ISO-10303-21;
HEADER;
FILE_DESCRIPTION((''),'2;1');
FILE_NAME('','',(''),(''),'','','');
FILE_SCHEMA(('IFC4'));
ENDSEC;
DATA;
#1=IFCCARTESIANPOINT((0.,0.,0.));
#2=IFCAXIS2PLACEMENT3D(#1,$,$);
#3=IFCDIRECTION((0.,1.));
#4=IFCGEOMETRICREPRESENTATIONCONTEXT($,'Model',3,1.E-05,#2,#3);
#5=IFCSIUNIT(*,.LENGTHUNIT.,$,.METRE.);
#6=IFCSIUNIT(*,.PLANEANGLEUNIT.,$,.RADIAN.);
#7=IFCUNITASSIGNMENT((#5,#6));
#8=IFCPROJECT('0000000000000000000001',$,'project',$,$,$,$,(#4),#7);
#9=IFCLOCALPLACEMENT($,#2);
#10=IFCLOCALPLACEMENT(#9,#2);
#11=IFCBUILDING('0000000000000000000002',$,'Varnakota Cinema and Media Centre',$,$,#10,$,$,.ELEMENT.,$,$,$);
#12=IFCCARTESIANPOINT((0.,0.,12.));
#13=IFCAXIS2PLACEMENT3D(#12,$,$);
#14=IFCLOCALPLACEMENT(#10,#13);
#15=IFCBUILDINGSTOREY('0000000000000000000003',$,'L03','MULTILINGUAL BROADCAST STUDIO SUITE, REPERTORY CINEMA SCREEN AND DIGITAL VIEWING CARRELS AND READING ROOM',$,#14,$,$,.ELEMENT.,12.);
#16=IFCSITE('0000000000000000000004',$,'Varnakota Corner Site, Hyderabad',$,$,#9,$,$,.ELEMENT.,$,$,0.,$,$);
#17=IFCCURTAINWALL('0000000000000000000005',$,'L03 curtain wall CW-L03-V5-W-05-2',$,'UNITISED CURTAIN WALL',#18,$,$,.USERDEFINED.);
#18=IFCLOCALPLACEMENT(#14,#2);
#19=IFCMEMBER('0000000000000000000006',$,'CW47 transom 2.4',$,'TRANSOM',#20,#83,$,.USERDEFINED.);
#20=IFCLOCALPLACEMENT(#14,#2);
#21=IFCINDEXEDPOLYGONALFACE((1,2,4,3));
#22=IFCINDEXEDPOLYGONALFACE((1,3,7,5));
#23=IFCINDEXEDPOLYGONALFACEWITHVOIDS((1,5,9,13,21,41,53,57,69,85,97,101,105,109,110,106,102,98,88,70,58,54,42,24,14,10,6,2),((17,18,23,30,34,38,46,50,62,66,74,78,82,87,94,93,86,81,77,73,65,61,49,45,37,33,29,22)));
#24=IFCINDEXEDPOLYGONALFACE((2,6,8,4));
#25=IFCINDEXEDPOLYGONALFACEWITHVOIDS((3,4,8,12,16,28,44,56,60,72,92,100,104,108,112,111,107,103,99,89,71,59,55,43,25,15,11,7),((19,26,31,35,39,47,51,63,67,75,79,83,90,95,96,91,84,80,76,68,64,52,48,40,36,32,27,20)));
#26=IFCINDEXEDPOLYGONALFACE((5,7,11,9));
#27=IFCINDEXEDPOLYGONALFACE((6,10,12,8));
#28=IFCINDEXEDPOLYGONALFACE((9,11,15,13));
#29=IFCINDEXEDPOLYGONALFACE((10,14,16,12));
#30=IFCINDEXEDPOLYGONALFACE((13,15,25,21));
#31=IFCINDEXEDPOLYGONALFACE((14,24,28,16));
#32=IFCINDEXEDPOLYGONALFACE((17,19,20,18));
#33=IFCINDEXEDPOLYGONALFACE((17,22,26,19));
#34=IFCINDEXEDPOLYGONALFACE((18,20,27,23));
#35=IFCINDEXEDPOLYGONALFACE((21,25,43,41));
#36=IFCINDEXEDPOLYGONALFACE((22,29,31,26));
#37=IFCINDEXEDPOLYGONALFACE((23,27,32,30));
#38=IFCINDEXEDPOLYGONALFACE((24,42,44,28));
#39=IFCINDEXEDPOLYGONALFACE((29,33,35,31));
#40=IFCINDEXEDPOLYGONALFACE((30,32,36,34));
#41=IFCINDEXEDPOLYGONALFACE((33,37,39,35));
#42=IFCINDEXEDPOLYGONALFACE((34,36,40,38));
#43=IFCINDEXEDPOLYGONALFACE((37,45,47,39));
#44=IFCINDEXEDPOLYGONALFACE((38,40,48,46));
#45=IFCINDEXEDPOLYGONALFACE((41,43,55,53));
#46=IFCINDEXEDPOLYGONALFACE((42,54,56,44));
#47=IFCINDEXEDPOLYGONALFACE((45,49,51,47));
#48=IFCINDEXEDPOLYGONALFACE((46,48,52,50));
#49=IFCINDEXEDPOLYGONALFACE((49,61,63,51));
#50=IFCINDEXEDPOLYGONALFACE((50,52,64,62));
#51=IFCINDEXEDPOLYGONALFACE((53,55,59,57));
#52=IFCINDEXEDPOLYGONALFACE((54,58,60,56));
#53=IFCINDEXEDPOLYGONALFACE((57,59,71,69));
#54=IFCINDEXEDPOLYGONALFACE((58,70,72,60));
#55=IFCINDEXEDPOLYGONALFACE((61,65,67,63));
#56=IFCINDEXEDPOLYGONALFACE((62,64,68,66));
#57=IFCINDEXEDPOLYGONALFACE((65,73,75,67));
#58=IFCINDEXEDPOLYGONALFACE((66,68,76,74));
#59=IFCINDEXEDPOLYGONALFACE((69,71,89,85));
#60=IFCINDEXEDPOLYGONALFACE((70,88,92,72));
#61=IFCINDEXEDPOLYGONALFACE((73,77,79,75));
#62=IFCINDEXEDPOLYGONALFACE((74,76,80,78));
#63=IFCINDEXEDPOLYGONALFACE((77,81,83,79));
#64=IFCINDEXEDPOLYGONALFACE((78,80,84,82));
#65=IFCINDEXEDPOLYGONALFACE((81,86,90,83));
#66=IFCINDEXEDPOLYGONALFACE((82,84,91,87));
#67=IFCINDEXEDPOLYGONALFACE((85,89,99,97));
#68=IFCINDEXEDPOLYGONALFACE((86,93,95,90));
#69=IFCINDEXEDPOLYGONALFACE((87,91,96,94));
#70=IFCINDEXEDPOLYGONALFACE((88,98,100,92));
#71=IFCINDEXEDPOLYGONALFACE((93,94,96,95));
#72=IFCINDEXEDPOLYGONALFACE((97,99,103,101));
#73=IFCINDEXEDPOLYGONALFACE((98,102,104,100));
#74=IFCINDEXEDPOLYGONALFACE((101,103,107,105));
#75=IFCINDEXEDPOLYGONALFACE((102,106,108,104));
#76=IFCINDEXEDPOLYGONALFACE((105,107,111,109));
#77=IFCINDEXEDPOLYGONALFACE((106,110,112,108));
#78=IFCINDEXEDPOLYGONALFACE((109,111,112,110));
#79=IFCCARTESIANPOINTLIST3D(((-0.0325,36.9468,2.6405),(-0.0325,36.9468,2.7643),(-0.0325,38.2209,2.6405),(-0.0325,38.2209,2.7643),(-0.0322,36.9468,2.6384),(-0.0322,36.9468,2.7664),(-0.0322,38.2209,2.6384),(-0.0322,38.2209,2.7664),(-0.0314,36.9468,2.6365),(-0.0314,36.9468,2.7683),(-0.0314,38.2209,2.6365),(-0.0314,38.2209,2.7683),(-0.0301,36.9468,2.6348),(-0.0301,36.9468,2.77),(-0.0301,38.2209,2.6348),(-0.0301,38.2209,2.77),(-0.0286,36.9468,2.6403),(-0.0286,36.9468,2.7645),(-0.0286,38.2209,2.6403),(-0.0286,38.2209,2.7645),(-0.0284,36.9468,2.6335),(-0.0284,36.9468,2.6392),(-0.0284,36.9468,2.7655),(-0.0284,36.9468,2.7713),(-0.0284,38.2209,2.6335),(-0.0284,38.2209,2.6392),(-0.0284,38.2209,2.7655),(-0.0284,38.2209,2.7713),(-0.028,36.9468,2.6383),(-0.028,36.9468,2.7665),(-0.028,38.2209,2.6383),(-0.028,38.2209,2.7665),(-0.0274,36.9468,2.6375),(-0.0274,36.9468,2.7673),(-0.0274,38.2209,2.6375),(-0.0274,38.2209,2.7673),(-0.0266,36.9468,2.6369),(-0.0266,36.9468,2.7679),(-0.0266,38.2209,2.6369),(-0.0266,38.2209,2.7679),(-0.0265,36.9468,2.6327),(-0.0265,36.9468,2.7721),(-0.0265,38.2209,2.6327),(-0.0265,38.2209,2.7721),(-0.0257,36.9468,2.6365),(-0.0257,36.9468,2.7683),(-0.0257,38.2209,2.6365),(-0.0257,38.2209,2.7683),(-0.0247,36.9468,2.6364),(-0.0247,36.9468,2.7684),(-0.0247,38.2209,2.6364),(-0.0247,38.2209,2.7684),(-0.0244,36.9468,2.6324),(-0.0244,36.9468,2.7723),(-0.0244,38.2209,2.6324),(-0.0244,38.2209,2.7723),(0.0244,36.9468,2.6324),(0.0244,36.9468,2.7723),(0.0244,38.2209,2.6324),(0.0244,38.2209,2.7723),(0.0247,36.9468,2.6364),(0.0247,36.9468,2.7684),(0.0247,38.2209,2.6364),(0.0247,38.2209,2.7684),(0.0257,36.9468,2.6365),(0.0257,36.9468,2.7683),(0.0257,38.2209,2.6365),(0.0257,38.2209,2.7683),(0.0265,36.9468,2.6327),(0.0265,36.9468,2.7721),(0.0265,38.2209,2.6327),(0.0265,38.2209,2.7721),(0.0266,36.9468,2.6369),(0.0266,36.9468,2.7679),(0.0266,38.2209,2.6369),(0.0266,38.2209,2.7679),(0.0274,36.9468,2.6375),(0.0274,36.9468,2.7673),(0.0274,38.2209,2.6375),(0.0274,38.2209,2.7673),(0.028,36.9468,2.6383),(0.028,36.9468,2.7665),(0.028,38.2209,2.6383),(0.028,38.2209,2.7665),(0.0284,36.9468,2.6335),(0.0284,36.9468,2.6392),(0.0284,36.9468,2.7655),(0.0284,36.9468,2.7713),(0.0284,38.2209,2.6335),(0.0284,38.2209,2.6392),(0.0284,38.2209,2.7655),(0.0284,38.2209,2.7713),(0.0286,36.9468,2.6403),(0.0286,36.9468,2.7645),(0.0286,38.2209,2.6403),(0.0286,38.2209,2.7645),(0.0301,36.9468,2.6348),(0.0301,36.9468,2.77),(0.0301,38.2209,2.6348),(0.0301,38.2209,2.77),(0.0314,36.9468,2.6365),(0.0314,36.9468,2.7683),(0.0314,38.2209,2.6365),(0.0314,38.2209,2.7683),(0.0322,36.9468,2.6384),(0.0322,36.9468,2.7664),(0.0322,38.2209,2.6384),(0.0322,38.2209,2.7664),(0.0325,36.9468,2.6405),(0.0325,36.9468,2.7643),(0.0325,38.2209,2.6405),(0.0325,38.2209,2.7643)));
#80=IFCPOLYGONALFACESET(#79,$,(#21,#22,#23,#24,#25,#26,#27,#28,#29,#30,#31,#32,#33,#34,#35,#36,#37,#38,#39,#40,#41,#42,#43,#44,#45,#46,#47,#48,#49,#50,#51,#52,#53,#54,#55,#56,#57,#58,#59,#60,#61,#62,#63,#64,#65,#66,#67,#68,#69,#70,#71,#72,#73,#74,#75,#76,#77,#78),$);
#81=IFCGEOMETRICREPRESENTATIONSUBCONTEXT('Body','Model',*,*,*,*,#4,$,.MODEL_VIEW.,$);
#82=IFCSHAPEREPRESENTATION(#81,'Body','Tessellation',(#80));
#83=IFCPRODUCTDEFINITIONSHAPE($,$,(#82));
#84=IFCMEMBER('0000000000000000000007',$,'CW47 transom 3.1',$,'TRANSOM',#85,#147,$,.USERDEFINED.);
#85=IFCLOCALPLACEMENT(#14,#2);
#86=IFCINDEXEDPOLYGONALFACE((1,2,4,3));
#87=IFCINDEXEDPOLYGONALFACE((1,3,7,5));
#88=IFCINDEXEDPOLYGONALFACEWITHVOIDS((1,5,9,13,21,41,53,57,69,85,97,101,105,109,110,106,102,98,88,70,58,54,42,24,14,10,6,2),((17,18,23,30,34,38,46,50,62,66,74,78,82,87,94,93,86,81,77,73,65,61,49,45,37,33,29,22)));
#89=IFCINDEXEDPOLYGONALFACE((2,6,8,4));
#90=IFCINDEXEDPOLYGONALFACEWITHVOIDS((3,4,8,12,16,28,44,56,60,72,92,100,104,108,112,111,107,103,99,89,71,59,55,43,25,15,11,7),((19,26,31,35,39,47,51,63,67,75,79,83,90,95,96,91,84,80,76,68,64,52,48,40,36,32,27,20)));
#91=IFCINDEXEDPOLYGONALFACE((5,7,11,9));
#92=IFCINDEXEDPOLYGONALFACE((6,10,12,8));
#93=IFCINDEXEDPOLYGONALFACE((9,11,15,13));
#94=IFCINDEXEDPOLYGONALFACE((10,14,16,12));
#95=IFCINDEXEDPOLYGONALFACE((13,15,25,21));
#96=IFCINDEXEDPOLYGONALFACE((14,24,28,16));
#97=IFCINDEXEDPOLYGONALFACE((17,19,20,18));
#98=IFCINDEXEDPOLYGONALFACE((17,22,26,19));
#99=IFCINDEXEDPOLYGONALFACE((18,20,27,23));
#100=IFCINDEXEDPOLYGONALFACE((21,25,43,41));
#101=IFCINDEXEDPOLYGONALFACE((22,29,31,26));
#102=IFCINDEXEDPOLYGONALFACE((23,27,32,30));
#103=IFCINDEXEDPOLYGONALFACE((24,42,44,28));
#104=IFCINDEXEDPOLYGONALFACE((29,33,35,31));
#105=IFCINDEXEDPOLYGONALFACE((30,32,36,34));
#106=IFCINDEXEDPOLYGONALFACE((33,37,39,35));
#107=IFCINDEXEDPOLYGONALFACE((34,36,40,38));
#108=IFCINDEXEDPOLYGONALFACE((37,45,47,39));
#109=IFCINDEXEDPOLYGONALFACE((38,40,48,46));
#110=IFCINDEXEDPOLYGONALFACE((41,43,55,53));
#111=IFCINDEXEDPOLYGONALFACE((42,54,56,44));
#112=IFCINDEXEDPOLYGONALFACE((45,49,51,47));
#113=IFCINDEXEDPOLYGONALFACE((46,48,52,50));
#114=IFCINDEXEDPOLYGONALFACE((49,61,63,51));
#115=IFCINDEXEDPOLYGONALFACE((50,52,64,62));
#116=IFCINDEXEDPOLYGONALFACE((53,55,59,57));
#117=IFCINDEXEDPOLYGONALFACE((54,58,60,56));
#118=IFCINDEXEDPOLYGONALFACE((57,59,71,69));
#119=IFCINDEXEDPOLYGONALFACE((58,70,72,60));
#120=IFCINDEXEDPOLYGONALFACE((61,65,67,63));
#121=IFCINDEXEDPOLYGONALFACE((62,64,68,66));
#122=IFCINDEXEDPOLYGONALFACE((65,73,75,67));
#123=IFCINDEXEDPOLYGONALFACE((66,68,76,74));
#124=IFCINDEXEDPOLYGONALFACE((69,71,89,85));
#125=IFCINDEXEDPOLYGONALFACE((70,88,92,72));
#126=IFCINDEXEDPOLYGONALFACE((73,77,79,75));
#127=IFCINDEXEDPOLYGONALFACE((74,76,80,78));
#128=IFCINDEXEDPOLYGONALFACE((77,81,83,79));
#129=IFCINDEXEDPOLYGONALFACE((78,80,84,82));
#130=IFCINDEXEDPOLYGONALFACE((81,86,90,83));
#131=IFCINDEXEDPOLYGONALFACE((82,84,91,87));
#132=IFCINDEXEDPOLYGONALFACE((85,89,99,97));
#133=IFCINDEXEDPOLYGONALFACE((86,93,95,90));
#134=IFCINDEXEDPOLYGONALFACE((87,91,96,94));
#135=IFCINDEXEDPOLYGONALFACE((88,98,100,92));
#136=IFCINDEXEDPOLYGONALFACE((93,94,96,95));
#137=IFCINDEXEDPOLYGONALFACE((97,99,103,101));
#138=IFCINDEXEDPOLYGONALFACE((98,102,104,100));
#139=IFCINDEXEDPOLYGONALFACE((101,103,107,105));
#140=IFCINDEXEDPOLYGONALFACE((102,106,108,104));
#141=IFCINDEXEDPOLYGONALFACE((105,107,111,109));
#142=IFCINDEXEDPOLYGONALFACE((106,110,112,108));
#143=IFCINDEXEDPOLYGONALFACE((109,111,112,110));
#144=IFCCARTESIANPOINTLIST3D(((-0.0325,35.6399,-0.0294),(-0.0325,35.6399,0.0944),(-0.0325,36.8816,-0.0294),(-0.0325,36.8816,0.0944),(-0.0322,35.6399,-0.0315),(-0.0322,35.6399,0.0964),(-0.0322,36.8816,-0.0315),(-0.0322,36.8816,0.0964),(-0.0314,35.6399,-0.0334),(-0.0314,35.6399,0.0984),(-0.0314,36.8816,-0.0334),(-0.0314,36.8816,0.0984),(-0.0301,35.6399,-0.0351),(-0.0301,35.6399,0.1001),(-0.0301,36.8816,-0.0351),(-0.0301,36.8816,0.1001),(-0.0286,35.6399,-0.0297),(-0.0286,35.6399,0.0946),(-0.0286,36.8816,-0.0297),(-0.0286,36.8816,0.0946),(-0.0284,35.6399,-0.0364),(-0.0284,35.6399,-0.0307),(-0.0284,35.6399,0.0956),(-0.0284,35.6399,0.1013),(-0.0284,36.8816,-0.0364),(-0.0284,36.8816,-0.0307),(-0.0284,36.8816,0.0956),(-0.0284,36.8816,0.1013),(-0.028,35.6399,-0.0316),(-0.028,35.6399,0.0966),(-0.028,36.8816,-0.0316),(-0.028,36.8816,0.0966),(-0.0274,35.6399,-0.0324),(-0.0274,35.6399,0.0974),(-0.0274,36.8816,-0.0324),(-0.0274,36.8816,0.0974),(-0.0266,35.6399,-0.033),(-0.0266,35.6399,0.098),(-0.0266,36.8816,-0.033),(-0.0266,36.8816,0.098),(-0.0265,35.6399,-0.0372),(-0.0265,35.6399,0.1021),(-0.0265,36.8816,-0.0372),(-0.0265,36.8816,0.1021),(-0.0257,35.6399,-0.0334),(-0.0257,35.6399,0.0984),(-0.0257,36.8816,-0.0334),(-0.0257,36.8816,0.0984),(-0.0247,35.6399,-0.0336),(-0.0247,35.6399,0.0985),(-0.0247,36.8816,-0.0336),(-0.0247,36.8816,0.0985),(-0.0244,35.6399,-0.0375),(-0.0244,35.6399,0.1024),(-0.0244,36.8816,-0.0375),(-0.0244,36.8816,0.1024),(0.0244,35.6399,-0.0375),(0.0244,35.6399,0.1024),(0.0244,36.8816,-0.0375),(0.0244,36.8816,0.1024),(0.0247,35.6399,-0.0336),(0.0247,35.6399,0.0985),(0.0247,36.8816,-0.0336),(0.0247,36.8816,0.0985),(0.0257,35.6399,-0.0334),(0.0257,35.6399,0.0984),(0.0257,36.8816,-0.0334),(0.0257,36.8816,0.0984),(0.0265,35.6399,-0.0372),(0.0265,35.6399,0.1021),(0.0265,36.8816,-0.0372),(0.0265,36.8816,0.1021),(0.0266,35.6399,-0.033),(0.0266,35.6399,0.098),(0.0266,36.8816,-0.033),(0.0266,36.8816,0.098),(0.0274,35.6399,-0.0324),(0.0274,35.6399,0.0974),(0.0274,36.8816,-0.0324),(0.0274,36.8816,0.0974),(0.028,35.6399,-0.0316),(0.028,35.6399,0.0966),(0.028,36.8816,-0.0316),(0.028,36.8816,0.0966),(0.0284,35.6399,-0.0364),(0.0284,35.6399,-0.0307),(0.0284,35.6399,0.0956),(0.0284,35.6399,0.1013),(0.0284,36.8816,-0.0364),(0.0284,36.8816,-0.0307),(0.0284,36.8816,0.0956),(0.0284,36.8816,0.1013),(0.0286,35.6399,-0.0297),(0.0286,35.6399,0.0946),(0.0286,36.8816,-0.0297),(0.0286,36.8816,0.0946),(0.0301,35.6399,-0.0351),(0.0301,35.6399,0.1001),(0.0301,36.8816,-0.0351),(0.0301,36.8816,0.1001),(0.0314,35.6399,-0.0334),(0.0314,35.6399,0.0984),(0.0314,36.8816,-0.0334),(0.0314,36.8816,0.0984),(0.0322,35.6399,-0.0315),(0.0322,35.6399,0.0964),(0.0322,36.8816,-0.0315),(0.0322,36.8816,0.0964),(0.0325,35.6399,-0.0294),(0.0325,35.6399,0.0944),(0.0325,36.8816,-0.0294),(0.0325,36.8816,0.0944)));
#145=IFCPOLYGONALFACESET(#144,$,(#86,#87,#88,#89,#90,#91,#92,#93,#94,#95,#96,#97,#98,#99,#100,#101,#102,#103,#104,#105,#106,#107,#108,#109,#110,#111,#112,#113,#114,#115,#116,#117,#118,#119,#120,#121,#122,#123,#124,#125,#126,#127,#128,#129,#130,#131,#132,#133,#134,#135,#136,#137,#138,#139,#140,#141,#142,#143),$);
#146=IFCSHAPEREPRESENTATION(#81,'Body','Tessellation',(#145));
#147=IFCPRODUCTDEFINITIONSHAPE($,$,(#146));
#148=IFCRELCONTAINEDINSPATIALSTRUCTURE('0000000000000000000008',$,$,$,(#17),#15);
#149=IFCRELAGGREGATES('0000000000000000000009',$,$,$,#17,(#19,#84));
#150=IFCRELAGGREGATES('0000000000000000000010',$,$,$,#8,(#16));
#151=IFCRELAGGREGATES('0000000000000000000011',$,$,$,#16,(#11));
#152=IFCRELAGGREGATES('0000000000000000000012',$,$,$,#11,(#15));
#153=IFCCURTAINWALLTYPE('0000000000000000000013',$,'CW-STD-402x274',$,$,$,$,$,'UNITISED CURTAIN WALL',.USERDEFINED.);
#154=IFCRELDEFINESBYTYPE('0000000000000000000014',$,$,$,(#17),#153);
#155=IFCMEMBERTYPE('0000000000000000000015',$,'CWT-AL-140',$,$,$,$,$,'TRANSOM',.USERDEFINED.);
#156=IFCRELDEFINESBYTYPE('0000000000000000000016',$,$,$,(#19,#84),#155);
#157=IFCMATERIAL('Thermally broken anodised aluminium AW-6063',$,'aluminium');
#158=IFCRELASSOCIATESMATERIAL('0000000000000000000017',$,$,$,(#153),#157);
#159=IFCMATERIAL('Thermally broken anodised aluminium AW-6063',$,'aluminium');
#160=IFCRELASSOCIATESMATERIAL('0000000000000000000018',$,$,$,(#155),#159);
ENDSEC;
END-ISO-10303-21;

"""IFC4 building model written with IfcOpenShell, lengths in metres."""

from ifc_helpers import new_model, si_unit, direction, frame, origin, origin_2d, place, context, subcontext, project, spatial, hollow_rectangle, extrude, material, material_profile, profile_set, type_object, element, aggregate, save


model = new_model("IFC4")

# Units and contexts
model_context = context("Model", 3, precision=1e-05, world=origin(), true_north=direction((0.0, 1.0)))
body_context = subcontext(model_context, "Body", "Model", "MODEL_VIEW")
ifc_project = project(units=[si_unit("LENGTHUNIT", "METRE"), si_unit("PLANEANGLEUNIT", "RADIAN")], contexts=[model_context])

# Site, building, storey
site_placement = place(None, origin())
site = spatial("IfcSite", under=ifc_project, at=site_placement, Name="Varnakota Corner Site, Hyderabad", CompositionType="ELEMENT", RefElevation=0.0)
building_placement = place(site_placement, origin())
building = spatial("IfcBuilding", under=site, at=building_placement, Name="Varnakota Cinema and Media Centre", CompositionType="ELEMENT")
storey_placement = place(building_placement, frame((0.0, 0.0, 12.0)))
storey = spatial("IfcBuildingStorey", under=building, at=storey_placement, Name="L03", Description="MULTILINGUAL BROADCAST STUDIO SUITE, REPERTORY CINEMA SCREEN AND DIGITAL VIEWING CARRELS AND READING ROOM", CompositionType="ELEMENT", Elevation=12.0)

# Curtain wall, members
ifc_material_1 = material(Name="Thermally broken anodised aluminium AW-6063", Category="aluminium")
curtain_wall_type = type_object("IfcCurtainWallType", Name="CW-STD-402x274", ElementType="UNITISED CURTAIN WALL", PredefinedType="USERDEFINED", material=ifc_material_1)
curtain_wall_placement = place(storey_placement, origin())
curtain_wall = element("IfcCurtainWall", 1, at=curtain_wall_placement, inside=storey, type_object=curtain_wall_type, Name="L03 curtain wall CW-L03-V5-W-05-2", ObjectType="UNITISED CURTAIN WALL", PredefinedType="USERDEFINED")
ifc_material_2 = material(Name="Thermally broken anodised aluminium AW-6063", Category="aluminium")
ifc_material_profile_1 = material_profile(ifc_material_2, hollow_rectangle(XDim=0.0649, YDim=0.1399, WallThickness=0.0039, InnerFilletRadius=0.0039, OuterFilletRadius=0.0081, at=origin_2d()), Name="AL-TRANSOM 140x65x4")
ifc_profile_set_1 = profile_set([ifc_material_profile_1], Name="Thermally broken anodised aluminium AW-6063")
member_type_1 = type_object("IfcMemberType", Name="CWT-AL-140", ElementType="TRANSOM", PredefinedType="USERDEFINED", material=ifc_profile_set_1)
member_1_placement = place(storey_placement, frame((0.0, 38.2209, 2.7024), z_axis=(0.0, -1.0, 0.0), x_axis=(1.0, 0.0, 0.0)))
member_1 = element("IfcMember", 2, at=member_1_placement, type_object=member_type_1, Name="CW47 transom 2.4", ObjectType="TRANSOM", PredefinedType="USERDEFINED", context=body_context, shape_type="SweptSolid", body=[
    extrude(hollow_rectangle(XDim=0.0649, YDim=0.1399, WallThickness=0.0039, InnerFilletRadius=0.0039, OuterFilletRadius=0.0081, at=origin_2d()), origin(), (0.0, 0.0, 1.0), 1.2742),
])
member_2_placement = place(storey_placement, frame((0.0, 36.8816, 0.0325), z_axis=(0.0, -1.0, 0.0), x_axis=(1.0, 0.0, 0.0)))
member_2 = element("IfcMember", 3, at=member_2_placement, type_object=member_type_1, Name="CW47 transom 3.1", ObjectType="TRANSOM", PredefinedType="USERDEFINED", context=body_context, shape_type="SweptSolid", body=[
    extrude(hollow_rectangle(XDim=0.0649, YDim=0.1399, WallThickness=0.0039, InnerFilletRadius=0.0039, OuterFilletRadius=0.0081, at=origin_2d()), origin(), (0.0, 0.0, 1.0), 1.2417),
])
aggregate(curtain_wall, [member_1, member_2])

save(model, "model.ifc")
